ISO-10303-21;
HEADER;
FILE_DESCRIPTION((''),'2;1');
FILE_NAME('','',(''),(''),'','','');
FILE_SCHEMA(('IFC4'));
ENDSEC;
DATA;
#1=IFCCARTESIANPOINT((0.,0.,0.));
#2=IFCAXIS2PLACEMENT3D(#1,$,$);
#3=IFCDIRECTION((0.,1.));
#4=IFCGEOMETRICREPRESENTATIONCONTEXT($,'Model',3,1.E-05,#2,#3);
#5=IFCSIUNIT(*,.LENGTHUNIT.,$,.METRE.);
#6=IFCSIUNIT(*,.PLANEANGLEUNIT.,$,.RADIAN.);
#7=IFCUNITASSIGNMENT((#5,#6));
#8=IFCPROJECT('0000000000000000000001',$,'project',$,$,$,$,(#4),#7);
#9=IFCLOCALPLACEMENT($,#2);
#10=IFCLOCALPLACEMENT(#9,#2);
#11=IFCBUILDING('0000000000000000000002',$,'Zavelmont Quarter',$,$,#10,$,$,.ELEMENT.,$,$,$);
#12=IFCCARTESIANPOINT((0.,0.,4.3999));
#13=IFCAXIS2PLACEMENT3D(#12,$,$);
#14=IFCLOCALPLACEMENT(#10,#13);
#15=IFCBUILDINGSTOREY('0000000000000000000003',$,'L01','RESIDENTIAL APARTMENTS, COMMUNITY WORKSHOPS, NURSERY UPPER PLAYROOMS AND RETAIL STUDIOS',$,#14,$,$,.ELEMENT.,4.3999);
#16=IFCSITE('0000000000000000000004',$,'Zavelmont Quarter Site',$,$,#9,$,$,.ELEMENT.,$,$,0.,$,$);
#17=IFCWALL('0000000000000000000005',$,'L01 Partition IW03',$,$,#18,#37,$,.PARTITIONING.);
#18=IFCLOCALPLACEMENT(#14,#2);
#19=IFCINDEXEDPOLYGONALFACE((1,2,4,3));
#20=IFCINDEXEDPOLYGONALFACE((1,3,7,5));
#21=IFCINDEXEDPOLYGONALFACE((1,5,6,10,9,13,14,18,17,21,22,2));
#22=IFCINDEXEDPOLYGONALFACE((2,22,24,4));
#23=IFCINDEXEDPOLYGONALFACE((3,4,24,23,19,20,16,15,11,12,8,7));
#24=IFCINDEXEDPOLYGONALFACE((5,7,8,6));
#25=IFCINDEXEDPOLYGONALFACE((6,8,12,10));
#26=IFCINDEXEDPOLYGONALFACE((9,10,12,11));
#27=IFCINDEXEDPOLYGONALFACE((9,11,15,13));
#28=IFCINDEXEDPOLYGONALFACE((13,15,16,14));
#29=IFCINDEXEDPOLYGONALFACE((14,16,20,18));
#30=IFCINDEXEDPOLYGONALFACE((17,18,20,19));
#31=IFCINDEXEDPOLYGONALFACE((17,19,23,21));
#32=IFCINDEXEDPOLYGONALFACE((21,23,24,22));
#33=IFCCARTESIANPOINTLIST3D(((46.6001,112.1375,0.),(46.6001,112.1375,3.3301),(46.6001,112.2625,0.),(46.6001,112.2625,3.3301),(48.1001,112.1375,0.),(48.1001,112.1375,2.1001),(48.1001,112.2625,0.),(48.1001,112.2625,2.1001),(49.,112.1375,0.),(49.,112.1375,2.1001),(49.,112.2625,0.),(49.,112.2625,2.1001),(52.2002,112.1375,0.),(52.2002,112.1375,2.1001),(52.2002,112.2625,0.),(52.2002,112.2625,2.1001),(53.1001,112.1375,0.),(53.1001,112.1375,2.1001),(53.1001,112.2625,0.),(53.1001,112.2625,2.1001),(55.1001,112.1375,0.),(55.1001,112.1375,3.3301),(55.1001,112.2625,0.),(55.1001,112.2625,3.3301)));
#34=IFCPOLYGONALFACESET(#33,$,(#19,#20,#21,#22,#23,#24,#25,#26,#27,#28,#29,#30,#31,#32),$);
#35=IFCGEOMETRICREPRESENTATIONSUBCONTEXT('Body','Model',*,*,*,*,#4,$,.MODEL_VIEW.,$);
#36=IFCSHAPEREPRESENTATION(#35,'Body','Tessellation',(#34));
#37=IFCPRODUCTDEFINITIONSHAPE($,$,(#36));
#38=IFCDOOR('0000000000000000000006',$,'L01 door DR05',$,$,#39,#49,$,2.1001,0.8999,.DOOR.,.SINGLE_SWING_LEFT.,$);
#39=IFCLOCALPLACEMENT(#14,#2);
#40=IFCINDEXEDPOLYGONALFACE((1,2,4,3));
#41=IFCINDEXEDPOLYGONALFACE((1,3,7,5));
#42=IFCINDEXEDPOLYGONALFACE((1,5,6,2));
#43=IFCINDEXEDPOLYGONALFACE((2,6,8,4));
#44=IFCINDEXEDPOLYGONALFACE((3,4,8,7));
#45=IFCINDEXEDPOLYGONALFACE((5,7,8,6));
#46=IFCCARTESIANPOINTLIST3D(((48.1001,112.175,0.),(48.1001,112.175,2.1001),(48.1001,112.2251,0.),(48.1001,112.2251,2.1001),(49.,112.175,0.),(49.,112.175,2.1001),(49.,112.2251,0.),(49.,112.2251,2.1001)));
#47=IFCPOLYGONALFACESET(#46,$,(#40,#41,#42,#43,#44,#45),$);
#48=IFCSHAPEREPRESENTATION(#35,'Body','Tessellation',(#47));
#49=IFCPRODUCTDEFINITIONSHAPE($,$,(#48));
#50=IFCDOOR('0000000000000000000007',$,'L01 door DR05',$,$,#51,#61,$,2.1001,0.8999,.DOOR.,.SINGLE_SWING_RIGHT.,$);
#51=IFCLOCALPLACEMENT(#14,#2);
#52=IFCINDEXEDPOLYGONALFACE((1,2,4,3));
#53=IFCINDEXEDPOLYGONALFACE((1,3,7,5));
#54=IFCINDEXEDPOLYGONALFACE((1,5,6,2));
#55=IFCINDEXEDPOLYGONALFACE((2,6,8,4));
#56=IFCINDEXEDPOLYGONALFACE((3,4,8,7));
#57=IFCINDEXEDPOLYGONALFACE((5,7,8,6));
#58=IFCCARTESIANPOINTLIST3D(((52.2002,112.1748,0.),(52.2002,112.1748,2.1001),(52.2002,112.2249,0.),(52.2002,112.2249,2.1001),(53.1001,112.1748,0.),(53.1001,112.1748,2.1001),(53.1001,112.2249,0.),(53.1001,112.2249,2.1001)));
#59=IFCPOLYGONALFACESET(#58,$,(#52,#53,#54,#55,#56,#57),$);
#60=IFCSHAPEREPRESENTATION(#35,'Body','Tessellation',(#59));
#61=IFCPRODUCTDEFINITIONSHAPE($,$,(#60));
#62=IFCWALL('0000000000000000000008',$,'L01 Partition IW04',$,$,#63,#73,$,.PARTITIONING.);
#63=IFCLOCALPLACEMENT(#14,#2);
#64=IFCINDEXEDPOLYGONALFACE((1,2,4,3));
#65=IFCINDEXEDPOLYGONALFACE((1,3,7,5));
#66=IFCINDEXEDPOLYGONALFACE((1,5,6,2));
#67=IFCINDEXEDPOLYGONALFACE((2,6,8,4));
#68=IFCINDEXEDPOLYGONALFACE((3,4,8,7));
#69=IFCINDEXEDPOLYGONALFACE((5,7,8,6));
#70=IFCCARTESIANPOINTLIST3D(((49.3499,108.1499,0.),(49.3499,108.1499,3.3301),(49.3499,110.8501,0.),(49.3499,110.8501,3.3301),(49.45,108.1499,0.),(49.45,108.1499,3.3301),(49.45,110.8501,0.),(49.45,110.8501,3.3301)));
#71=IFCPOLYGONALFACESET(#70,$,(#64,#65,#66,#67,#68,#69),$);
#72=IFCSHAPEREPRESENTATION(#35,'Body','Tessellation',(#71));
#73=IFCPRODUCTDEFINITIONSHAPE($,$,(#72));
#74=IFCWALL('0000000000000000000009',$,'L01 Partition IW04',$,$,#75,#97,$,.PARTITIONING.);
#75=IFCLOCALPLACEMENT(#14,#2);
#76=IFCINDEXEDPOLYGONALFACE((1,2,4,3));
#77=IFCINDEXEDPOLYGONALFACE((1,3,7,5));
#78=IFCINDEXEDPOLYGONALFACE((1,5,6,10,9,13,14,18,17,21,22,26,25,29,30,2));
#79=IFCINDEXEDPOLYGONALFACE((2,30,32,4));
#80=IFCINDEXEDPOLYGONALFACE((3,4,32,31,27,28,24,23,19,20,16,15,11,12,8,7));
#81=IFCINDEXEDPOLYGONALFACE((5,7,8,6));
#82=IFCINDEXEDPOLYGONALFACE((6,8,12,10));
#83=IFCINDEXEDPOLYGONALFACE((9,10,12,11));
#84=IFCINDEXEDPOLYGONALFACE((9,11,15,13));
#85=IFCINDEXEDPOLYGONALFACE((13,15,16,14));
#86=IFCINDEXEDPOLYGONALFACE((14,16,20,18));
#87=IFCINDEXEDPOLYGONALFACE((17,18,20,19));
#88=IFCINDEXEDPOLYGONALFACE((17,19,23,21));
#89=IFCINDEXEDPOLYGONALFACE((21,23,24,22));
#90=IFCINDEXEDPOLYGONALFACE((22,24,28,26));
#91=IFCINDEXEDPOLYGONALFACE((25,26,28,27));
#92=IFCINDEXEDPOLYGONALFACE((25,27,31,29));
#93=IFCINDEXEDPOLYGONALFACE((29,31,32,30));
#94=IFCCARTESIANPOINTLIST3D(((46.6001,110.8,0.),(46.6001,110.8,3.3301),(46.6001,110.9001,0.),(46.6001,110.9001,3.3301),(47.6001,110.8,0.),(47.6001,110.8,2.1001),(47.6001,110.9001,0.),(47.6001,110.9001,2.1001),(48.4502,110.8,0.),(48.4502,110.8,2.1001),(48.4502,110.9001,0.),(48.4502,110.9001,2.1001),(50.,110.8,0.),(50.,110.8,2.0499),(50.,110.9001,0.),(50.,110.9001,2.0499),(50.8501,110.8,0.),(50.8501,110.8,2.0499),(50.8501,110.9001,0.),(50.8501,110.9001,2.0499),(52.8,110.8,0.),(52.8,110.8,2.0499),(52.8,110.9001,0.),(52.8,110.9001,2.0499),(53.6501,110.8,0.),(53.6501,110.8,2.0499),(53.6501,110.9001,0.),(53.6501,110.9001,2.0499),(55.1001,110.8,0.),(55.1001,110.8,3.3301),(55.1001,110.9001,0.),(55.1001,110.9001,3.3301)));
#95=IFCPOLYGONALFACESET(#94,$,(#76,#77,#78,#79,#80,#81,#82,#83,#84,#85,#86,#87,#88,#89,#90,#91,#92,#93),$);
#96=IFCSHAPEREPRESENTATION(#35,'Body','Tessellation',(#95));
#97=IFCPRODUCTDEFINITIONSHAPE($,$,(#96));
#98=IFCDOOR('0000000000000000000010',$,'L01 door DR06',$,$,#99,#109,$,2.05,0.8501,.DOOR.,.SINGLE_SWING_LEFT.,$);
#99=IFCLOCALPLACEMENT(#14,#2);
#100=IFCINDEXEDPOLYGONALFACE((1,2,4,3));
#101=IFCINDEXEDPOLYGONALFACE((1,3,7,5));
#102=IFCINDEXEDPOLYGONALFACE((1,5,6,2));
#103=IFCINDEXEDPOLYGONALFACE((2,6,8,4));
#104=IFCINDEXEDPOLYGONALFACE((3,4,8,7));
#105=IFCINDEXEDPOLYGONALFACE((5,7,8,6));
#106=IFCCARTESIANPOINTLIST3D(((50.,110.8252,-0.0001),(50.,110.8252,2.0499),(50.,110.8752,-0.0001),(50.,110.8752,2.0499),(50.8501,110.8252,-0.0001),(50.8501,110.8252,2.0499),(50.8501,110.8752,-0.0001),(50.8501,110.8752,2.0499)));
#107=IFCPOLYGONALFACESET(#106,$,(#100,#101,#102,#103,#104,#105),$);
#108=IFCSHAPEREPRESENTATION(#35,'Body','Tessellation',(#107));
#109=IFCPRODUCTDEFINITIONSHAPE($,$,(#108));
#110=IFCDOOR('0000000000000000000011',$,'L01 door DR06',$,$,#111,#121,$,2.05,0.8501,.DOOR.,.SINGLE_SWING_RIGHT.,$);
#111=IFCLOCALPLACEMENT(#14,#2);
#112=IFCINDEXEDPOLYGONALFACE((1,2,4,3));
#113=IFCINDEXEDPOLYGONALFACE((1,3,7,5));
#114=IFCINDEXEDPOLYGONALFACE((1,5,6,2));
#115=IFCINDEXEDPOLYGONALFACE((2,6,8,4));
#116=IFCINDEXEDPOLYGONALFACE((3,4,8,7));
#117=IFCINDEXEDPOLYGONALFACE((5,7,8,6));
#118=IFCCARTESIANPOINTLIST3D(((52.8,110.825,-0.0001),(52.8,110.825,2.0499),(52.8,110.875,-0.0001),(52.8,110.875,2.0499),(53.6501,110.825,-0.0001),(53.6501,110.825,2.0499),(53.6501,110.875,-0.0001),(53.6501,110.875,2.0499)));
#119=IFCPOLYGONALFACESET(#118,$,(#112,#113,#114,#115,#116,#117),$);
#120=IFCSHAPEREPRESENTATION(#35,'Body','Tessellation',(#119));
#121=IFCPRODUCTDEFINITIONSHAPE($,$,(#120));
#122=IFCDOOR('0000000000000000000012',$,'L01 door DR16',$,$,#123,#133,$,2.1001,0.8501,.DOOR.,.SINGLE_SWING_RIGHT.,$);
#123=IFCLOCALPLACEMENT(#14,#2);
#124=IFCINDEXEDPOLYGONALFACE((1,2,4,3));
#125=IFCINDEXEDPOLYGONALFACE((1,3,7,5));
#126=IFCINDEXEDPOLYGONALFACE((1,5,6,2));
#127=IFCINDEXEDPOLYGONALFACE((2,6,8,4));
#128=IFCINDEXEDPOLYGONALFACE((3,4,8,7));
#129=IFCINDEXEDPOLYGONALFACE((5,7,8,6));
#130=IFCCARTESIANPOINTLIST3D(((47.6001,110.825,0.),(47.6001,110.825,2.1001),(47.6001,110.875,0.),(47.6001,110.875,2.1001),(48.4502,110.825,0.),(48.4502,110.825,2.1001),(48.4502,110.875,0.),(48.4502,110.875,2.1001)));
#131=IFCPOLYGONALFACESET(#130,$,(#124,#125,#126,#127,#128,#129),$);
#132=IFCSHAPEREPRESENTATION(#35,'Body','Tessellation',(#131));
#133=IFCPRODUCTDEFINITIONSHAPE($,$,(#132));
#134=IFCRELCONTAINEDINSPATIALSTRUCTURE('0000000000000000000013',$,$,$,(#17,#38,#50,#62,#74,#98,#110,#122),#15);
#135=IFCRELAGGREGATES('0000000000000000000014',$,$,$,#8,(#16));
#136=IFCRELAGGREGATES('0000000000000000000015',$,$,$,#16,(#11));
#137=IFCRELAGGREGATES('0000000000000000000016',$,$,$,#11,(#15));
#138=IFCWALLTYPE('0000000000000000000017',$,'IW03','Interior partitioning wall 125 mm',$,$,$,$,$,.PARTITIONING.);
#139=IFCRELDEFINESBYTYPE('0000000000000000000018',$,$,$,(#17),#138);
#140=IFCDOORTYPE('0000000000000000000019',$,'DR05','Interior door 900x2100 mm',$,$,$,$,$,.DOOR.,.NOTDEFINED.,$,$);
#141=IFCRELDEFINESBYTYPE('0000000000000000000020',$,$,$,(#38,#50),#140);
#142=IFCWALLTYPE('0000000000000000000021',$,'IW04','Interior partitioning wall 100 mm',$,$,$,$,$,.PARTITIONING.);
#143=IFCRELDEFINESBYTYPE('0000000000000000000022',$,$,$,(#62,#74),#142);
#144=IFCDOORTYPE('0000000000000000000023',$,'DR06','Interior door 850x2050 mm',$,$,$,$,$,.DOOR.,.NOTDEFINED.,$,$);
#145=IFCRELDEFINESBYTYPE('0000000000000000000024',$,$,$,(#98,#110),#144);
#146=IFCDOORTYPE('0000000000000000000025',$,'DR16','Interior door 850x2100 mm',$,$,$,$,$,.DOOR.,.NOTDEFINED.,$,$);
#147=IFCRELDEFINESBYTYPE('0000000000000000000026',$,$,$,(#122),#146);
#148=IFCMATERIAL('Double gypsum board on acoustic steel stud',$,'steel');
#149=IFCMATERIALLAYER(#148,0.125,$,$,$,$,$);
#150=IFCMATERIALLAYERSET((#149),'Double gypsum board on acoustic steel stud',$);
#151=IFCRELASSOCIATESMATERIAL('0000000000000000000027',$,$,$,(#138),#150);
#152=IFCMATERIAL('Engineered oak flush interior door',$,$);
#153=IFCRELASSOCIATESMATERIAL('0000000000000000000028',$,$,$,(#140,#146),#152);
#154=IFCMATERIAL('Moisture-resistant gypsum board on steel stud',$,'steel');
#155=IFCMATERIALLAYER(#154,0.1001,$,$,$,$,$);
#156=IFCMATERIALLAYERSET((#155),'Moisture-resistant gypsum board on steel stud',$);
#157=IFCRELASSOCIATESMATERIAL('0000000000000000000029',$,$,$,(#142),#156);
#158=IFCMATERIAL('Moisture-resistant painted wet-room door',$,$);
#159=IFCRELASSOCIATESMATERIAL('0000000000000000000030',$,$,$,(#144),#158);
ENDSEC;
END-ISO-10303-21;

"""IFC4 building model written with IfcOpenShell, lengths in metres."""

from ifc_helpers import new_model, si_unit, direction, frame, frame_2d, origin, origin_with_axes, place, context, subcontext, project, spatial, rectangle, extrude, material, layer, layer_set, type_object, element, fill, save


model = new_model("IFC4")

# Units and contexts
model_context = context("Model", 3, precision=1e-05, world=origin(), true_north=direction((0.0, 1.0)))
body_context = subcontext(model_context, "Body", "Model", "MODEL_VIEW")
ifc_project = project(units=[si_unit("LENGTHUNIT", "METRE"), si_unit("PLANEANGLEUNIT", "RADIAN")], contexts=[model_context])

# Site, building, storey
site_placement = place(None, origin())
site = spatial("IfcSite", under=ifc_project, at=site_placement, Name="Zavelmont Quarter Site", CompositionType="ELEMENT", RefElevation=0.0)
building_placement = place(site_placement, origin())
building = spatial("IfcBuilding", under=site, at=building_placement, Name="Zavelmont Quarter", CompositionType="ELEMENT")
storey_placement = place(building_placement, frame((0.0, 0.0, 4.3999)))
storey = spatial("IfcBuildingStorey", under=building, at=storey_placement, Name="L01", Description="RESIDENTIAL APARTMENTS, COMMUNITY WORKSHOPS, NURSERY UPPER PLAYROOMS AND RETAIL STUDIOS", CompositionType="ELEMENT", Elevation=4.3999)

# Shared definitions
ifc_material_1 = material(Name="Double gypsum board on acoustic steel stud", Category="steel")
ifc_layer_1 = layer(ifc_material_1, 0.125)
ifc_layer_set_1 = layer_set([ifc_layer_1], Name="Double gypsum board on acoustic steel stud")
wall_type_1 = type_object("IfcWallType", Name="IW03", Description="Interior partitioning wall 125 mm", PredefinedType="PARTITIONING", material=ifc_layer_set_1)
ifc_material_2 = material(Name="Engineered oak flush interior door")
door_type_1 = type_object("IfcDoorType", Name="DR05", Description="Interior door 900x2100 mm", OperationType="NOTDEFINED", PredefinedType="DOOR", material=ifc_material_2)

# Wall, openings, doors
wall_1_placement = place(storey_placement, frame((46.6001, 112.2, 0.0), z_axis=(0.0, 0.0, 1.0), x_axis=(1.0, 0.0, 0.0)))
wall_1 = element("IfcWall", 1, at=wall_1_placement, inside=storey, type_object=wall_type_1, Name="L01 Partition IW03", PredefinedType="PARTITIONING", context=body_context, shape_type="SweptSolid", body=[
    extrude(rectangle(XDim=8.5, YDim=0.125, at=frame_2d((4.25, 0.0))), origin(), (0.0, 0.0, 1.0), 3.3301),
])
opening_1_placement = place(wall_1_placement, frame((1.5, 0.0, 0.0)))
opening_1 = element("IfcOpeningElement", 2, at=opening_1_placement, cuts=wall_1, PredefinedType="OPENING", context=body_context, shape_type="SweptSolid", body=[
    extrude(rectangle(XDim=0.8999, YDim=2.1001, at=frame_2d((0.45, 1.05))), frame((0.0, 0.0745, 0.0), z_axis=(0.0, -1.0, 0.0), x_axis=(1.0, 0.0, 0.0)), (0.0, 0.0, 1.0), 0.1489),
])
opening_2_placement = place(wall_1_placement, frame((5.6001, 0.0, 0.0)))
opening_2 = element("IfcOpeningElement", 3, at=opening_2_placement, cuts=wall_1, PredefinedType="OPENING", context=body_context, shape_type="SweptSolid", body=[
    extrude(rectangle(XDim=0.8999, YDim=2.1001, at=frame_2d((0.45, 1.05))), frame((0.0, 0.0745, 0.0), z_axis=(0.0, -1.0, 0.0), x_axis=(1.0, 0.0, 0.0)), (0.0, 0.0, 1.0), 0.1489),
])
door_1_placement = place(opening_1_placement, frame((0.8999, 0.0, 0.0), z_axis=(0.0, 0.0, 1.0), x_axis=(-1.0, 0.0, 0.0)))
door_1 = element("IfcDoor", 4, at=door_1_placement, inside=storey, type_object=door_type_1, Name="L01 door DR05", OperationType="SINGLE_SWING_LEFT", OverallHeight=2.1001, OverallWidth=0.8999, PredefinedType="DOOR", context=body_context, shape_type="SweptSolid", body=[
    extrude(rectangle(XDim=0.8999, YDim=2.1001, at=frame_2d((0.45, 1.05))), frame((0.0, 0.0249, 0.0), z_axis=(0.0, -1.0, 0.0), x_axis=(1.0, 0.0, 0.0)), (0.0, 0.0, 1.0), 0.05),
])
fill(opening_1, door_1)
door_2_placement = place(opening_2_placement, origin_with_axes())
door_2 = element("IfcDoor", 5, at=door_2_placement, inside=storey, type_object=door_type_1, Name="L01 door DR05", OperationType="SINGLE_SWING_RIGHT", OverallHeight=2.1001, OverallWidth=0.8999, PredefinedType="DOOR", context=body_context, shape_type="SweptSolid", body=[
    extrude(rectangle(XDim=0.8999, YDim=2.1001, at=frame_2d((0.45, 1.05))), frame((0.0, 0.0249, 0.0), z_axis=(0.0, -1.0, 0.0), x_axis=(1.0, 0.0, 0.0)), (0.0, 0.0, 1.0), 0.05),
])
fill(opening_2, door_2)

# Wall
ifc_material_3 = material(Name="Moisture-resistant gypsum board on steel stud", Category="steel")
ifc_layer_2 = layer(ifc_material_3, 0.1001)
ifc_layer_set_2 = layer_set([ifc_layer_2], Name="Moisture-resistant gypsum board on steel stud")
wall_type_2 = type_object("IfcWallType", Name="IW04", Description="Interior partitioning wall 100 mm", PredefinedType="PARTITIONING", material=ifc_layer_set_2)
wall_2_placement = place(storey_placement, frame((49.3999, 108.1499, 0.0), z_axis=(0.0, 0.0, 1.0), x_axis=(0.0, 1.0, 0.0)))
element("IfcWall", 6, at=wall_2_placement, inside=storey, type_object=wall_type_2, Name="L01 Partition IW04", PredefinedType="PARTITIONING", context=body_context, shape_type="SweptSolid", body=[
    extrude(rectangle(XDim=2.7002, YDim=0.1001, at=frame_2d((1.3501, 0.0))), origin(), (0.0, 0.0, 1.0), 3.3301),
])

# Wall, openings, doors
wall_3_placement = place(storey_placement, frame((46.6001, 110.8501, 0.0), z_axis=(0.0, 0.0, 1.0), x_axis=(1.0, 0.0, 0.0)))
wall_3 = element("IfcWall", 7, at=wall_3_placement, inside=storey, type_object=wall_type_2, Name="L01 Partition IW04", PredefinedType="PARTITIONING", context=body_context, shape_type="SweptSolid", body=[
    extrude(rectangle(XDim=8.5, YDim=0.1001, at=frame_2d((4.25, 0.0))), origin(), (0.0, 0.0, 1.0), 3.3301),
])
opening_3_placement = place(wall_3_placement, frame((1.0, 0.0, 0.0)))
opening_3 = element("IfcOpeningElement", 8, at=opening_3_placement, cuts=wall_3, PredefinedType="OPENING", context=body_context, shape_type="SweptSolid", body=[
    extrude(rectangle(XDim=0.8501, YDim=2.1001, at=frame_2d((0.425, 1.05))), frame((0.0, 0.062, 0.0), z_axis=(0.0, -1.0, 0.0), x_axis=(1.0, 0.0, 0.0)), (0.0, 0.0, 1.0), 0.124),
])
opening_4_placement = place(wall_3_placement, frame((3.3999, 0.0, 0.0)))
opening_4 = element("IfcOpeningElement", 9, at=opening_4_placement, cuts=wall_3, PredefinedType="OPENING", context=body_context, shape_type="SweptSolid", body=[
    extrude(rectangle(XDim=0.8501, YDim=2.05, at=frame_2d((0.425, 1.0249))), frame((0.0, 0.062, 0.0), z_axis=(0.0, -1.0, 0.0), x_axis=(1.0, 0.0, 0.0)), (0.0, 0.0, 1.0), 0.124),
])
opening_5_placement = place(wall_3_placement, frame((6.2, 0.0, 0.0)))
opening_5 = element("IfcOpeningElement", 10, at=opening_5_placement, cuts=wall_3, PredefinedType="OPENING", context=body_context, shape_type="SweptSolid", body=[
    extrude(rectangle(XDim=0.8501, YDim=2.05, at=frame_2d((0.425, 1.0249))), frame((0.0, 0.062, 0.0), z_axis=(0.0, -1.0, 0.0), x_axis=(1.0, 0.0, 0.0)), (0.0, 0.0, 1.0), 0.124),
])
ifc_material_4 = material(Name="Moisture-resistant painted wet-room door")
door_type_2 = type_object("IfcDoorType", Name="DR06", Description="Interior door 850x2050 mm", OperationType="NOTDEFINED", PredefinedType="DOOR", material=ifc_material_4)
door_3_placement = place(opening_4_placement, frame((0.8501, 0.0, 0.0), z_axis=(0.0, 0.0, 1.0), x_axis=(-1.0, 0.0, 0.0)))
door_3 = element("IfcDoor", 11, at=door_3_placement, inside=storey, type_object=door_type_2, Name="L01 door DR06", OperationType="SINGLE_SWING_LEFT", OverallHeight=2.05, OverallWidth=0.8501, PredefinedType="DOOR", context=body_context, shape_type="SweptSolid", body=[
    extrude(rectangle(XDim=0.8501, YDim=2.05, at=frame_2d((0.425, 1.0249))), frame((0.0, 0.0249, 0.0), z_axis=(0.0, -1.0, 0.0), x_axis=(1.0, 0.0, 0.0)), (0.0, 0.0, 1.0), 0.05),
])
fill(opening_4, door_3)
door_4_placement = place(opening_5_placement, origin_with_axes())
door_4 = element("IfcDoor", 12, at=door_4_placement, inside=storey, type_object=door_type_2, Name="L01 door DR06", OperationType="SINGLE_SWING_RIGHT", OverallHeight=2.05, OverallWidth=0.8501, PredefinedType="DOOR", context=body_context, shape_type="SweptSolid", body=[
    extrude(rectangle(XDim=0.8501, YDim=2.05, at=frame_2d((0.425, 1.0249))), frame((0.0, 0.0249, 0.0), z_axis=(0.0, -1.0, 0.0), x_axis=(1.0, 0.0, 0.0)), (0.0, 0.0, 1.0), 0.05),
])
fill(opening_5, door_4)
door_type_3 = type_object("IfcDoorType", Name="DR16", Description="Interior door 850x2100 mm", OperationType="NOTDEFINED", PredefinedType="DOOR", material=ifc_material_2)
door_5_placement = place(opening_3_placement, origin_with_axes())
door_5 = element("IfcDoor", 13, at=door_5_placement, inside=storey, type_object=door_type_3, Name="L01 door DR16", OperationType="SINGLE_SWING_RIGHT", OverallHeight=2.1001, OverallWidth=0.8501, PredefinedType="DOOR", context=body_context, shape_type="SweptSolid", body=[
    extrude(rectangle(XDim=0.8501, YDim=2.1001, at=frame_2d((0.425, 1.05))), frame((0.0, 0.0249, 0.0), z_axis=(0.0, -1.0, 0.0), x_axis=(1.0, 0.0, 0.0)), (0.0, 0.0, 1.0), 0.05),
])
fill(opening_3, door_5)

save(model, "model.ifc")
